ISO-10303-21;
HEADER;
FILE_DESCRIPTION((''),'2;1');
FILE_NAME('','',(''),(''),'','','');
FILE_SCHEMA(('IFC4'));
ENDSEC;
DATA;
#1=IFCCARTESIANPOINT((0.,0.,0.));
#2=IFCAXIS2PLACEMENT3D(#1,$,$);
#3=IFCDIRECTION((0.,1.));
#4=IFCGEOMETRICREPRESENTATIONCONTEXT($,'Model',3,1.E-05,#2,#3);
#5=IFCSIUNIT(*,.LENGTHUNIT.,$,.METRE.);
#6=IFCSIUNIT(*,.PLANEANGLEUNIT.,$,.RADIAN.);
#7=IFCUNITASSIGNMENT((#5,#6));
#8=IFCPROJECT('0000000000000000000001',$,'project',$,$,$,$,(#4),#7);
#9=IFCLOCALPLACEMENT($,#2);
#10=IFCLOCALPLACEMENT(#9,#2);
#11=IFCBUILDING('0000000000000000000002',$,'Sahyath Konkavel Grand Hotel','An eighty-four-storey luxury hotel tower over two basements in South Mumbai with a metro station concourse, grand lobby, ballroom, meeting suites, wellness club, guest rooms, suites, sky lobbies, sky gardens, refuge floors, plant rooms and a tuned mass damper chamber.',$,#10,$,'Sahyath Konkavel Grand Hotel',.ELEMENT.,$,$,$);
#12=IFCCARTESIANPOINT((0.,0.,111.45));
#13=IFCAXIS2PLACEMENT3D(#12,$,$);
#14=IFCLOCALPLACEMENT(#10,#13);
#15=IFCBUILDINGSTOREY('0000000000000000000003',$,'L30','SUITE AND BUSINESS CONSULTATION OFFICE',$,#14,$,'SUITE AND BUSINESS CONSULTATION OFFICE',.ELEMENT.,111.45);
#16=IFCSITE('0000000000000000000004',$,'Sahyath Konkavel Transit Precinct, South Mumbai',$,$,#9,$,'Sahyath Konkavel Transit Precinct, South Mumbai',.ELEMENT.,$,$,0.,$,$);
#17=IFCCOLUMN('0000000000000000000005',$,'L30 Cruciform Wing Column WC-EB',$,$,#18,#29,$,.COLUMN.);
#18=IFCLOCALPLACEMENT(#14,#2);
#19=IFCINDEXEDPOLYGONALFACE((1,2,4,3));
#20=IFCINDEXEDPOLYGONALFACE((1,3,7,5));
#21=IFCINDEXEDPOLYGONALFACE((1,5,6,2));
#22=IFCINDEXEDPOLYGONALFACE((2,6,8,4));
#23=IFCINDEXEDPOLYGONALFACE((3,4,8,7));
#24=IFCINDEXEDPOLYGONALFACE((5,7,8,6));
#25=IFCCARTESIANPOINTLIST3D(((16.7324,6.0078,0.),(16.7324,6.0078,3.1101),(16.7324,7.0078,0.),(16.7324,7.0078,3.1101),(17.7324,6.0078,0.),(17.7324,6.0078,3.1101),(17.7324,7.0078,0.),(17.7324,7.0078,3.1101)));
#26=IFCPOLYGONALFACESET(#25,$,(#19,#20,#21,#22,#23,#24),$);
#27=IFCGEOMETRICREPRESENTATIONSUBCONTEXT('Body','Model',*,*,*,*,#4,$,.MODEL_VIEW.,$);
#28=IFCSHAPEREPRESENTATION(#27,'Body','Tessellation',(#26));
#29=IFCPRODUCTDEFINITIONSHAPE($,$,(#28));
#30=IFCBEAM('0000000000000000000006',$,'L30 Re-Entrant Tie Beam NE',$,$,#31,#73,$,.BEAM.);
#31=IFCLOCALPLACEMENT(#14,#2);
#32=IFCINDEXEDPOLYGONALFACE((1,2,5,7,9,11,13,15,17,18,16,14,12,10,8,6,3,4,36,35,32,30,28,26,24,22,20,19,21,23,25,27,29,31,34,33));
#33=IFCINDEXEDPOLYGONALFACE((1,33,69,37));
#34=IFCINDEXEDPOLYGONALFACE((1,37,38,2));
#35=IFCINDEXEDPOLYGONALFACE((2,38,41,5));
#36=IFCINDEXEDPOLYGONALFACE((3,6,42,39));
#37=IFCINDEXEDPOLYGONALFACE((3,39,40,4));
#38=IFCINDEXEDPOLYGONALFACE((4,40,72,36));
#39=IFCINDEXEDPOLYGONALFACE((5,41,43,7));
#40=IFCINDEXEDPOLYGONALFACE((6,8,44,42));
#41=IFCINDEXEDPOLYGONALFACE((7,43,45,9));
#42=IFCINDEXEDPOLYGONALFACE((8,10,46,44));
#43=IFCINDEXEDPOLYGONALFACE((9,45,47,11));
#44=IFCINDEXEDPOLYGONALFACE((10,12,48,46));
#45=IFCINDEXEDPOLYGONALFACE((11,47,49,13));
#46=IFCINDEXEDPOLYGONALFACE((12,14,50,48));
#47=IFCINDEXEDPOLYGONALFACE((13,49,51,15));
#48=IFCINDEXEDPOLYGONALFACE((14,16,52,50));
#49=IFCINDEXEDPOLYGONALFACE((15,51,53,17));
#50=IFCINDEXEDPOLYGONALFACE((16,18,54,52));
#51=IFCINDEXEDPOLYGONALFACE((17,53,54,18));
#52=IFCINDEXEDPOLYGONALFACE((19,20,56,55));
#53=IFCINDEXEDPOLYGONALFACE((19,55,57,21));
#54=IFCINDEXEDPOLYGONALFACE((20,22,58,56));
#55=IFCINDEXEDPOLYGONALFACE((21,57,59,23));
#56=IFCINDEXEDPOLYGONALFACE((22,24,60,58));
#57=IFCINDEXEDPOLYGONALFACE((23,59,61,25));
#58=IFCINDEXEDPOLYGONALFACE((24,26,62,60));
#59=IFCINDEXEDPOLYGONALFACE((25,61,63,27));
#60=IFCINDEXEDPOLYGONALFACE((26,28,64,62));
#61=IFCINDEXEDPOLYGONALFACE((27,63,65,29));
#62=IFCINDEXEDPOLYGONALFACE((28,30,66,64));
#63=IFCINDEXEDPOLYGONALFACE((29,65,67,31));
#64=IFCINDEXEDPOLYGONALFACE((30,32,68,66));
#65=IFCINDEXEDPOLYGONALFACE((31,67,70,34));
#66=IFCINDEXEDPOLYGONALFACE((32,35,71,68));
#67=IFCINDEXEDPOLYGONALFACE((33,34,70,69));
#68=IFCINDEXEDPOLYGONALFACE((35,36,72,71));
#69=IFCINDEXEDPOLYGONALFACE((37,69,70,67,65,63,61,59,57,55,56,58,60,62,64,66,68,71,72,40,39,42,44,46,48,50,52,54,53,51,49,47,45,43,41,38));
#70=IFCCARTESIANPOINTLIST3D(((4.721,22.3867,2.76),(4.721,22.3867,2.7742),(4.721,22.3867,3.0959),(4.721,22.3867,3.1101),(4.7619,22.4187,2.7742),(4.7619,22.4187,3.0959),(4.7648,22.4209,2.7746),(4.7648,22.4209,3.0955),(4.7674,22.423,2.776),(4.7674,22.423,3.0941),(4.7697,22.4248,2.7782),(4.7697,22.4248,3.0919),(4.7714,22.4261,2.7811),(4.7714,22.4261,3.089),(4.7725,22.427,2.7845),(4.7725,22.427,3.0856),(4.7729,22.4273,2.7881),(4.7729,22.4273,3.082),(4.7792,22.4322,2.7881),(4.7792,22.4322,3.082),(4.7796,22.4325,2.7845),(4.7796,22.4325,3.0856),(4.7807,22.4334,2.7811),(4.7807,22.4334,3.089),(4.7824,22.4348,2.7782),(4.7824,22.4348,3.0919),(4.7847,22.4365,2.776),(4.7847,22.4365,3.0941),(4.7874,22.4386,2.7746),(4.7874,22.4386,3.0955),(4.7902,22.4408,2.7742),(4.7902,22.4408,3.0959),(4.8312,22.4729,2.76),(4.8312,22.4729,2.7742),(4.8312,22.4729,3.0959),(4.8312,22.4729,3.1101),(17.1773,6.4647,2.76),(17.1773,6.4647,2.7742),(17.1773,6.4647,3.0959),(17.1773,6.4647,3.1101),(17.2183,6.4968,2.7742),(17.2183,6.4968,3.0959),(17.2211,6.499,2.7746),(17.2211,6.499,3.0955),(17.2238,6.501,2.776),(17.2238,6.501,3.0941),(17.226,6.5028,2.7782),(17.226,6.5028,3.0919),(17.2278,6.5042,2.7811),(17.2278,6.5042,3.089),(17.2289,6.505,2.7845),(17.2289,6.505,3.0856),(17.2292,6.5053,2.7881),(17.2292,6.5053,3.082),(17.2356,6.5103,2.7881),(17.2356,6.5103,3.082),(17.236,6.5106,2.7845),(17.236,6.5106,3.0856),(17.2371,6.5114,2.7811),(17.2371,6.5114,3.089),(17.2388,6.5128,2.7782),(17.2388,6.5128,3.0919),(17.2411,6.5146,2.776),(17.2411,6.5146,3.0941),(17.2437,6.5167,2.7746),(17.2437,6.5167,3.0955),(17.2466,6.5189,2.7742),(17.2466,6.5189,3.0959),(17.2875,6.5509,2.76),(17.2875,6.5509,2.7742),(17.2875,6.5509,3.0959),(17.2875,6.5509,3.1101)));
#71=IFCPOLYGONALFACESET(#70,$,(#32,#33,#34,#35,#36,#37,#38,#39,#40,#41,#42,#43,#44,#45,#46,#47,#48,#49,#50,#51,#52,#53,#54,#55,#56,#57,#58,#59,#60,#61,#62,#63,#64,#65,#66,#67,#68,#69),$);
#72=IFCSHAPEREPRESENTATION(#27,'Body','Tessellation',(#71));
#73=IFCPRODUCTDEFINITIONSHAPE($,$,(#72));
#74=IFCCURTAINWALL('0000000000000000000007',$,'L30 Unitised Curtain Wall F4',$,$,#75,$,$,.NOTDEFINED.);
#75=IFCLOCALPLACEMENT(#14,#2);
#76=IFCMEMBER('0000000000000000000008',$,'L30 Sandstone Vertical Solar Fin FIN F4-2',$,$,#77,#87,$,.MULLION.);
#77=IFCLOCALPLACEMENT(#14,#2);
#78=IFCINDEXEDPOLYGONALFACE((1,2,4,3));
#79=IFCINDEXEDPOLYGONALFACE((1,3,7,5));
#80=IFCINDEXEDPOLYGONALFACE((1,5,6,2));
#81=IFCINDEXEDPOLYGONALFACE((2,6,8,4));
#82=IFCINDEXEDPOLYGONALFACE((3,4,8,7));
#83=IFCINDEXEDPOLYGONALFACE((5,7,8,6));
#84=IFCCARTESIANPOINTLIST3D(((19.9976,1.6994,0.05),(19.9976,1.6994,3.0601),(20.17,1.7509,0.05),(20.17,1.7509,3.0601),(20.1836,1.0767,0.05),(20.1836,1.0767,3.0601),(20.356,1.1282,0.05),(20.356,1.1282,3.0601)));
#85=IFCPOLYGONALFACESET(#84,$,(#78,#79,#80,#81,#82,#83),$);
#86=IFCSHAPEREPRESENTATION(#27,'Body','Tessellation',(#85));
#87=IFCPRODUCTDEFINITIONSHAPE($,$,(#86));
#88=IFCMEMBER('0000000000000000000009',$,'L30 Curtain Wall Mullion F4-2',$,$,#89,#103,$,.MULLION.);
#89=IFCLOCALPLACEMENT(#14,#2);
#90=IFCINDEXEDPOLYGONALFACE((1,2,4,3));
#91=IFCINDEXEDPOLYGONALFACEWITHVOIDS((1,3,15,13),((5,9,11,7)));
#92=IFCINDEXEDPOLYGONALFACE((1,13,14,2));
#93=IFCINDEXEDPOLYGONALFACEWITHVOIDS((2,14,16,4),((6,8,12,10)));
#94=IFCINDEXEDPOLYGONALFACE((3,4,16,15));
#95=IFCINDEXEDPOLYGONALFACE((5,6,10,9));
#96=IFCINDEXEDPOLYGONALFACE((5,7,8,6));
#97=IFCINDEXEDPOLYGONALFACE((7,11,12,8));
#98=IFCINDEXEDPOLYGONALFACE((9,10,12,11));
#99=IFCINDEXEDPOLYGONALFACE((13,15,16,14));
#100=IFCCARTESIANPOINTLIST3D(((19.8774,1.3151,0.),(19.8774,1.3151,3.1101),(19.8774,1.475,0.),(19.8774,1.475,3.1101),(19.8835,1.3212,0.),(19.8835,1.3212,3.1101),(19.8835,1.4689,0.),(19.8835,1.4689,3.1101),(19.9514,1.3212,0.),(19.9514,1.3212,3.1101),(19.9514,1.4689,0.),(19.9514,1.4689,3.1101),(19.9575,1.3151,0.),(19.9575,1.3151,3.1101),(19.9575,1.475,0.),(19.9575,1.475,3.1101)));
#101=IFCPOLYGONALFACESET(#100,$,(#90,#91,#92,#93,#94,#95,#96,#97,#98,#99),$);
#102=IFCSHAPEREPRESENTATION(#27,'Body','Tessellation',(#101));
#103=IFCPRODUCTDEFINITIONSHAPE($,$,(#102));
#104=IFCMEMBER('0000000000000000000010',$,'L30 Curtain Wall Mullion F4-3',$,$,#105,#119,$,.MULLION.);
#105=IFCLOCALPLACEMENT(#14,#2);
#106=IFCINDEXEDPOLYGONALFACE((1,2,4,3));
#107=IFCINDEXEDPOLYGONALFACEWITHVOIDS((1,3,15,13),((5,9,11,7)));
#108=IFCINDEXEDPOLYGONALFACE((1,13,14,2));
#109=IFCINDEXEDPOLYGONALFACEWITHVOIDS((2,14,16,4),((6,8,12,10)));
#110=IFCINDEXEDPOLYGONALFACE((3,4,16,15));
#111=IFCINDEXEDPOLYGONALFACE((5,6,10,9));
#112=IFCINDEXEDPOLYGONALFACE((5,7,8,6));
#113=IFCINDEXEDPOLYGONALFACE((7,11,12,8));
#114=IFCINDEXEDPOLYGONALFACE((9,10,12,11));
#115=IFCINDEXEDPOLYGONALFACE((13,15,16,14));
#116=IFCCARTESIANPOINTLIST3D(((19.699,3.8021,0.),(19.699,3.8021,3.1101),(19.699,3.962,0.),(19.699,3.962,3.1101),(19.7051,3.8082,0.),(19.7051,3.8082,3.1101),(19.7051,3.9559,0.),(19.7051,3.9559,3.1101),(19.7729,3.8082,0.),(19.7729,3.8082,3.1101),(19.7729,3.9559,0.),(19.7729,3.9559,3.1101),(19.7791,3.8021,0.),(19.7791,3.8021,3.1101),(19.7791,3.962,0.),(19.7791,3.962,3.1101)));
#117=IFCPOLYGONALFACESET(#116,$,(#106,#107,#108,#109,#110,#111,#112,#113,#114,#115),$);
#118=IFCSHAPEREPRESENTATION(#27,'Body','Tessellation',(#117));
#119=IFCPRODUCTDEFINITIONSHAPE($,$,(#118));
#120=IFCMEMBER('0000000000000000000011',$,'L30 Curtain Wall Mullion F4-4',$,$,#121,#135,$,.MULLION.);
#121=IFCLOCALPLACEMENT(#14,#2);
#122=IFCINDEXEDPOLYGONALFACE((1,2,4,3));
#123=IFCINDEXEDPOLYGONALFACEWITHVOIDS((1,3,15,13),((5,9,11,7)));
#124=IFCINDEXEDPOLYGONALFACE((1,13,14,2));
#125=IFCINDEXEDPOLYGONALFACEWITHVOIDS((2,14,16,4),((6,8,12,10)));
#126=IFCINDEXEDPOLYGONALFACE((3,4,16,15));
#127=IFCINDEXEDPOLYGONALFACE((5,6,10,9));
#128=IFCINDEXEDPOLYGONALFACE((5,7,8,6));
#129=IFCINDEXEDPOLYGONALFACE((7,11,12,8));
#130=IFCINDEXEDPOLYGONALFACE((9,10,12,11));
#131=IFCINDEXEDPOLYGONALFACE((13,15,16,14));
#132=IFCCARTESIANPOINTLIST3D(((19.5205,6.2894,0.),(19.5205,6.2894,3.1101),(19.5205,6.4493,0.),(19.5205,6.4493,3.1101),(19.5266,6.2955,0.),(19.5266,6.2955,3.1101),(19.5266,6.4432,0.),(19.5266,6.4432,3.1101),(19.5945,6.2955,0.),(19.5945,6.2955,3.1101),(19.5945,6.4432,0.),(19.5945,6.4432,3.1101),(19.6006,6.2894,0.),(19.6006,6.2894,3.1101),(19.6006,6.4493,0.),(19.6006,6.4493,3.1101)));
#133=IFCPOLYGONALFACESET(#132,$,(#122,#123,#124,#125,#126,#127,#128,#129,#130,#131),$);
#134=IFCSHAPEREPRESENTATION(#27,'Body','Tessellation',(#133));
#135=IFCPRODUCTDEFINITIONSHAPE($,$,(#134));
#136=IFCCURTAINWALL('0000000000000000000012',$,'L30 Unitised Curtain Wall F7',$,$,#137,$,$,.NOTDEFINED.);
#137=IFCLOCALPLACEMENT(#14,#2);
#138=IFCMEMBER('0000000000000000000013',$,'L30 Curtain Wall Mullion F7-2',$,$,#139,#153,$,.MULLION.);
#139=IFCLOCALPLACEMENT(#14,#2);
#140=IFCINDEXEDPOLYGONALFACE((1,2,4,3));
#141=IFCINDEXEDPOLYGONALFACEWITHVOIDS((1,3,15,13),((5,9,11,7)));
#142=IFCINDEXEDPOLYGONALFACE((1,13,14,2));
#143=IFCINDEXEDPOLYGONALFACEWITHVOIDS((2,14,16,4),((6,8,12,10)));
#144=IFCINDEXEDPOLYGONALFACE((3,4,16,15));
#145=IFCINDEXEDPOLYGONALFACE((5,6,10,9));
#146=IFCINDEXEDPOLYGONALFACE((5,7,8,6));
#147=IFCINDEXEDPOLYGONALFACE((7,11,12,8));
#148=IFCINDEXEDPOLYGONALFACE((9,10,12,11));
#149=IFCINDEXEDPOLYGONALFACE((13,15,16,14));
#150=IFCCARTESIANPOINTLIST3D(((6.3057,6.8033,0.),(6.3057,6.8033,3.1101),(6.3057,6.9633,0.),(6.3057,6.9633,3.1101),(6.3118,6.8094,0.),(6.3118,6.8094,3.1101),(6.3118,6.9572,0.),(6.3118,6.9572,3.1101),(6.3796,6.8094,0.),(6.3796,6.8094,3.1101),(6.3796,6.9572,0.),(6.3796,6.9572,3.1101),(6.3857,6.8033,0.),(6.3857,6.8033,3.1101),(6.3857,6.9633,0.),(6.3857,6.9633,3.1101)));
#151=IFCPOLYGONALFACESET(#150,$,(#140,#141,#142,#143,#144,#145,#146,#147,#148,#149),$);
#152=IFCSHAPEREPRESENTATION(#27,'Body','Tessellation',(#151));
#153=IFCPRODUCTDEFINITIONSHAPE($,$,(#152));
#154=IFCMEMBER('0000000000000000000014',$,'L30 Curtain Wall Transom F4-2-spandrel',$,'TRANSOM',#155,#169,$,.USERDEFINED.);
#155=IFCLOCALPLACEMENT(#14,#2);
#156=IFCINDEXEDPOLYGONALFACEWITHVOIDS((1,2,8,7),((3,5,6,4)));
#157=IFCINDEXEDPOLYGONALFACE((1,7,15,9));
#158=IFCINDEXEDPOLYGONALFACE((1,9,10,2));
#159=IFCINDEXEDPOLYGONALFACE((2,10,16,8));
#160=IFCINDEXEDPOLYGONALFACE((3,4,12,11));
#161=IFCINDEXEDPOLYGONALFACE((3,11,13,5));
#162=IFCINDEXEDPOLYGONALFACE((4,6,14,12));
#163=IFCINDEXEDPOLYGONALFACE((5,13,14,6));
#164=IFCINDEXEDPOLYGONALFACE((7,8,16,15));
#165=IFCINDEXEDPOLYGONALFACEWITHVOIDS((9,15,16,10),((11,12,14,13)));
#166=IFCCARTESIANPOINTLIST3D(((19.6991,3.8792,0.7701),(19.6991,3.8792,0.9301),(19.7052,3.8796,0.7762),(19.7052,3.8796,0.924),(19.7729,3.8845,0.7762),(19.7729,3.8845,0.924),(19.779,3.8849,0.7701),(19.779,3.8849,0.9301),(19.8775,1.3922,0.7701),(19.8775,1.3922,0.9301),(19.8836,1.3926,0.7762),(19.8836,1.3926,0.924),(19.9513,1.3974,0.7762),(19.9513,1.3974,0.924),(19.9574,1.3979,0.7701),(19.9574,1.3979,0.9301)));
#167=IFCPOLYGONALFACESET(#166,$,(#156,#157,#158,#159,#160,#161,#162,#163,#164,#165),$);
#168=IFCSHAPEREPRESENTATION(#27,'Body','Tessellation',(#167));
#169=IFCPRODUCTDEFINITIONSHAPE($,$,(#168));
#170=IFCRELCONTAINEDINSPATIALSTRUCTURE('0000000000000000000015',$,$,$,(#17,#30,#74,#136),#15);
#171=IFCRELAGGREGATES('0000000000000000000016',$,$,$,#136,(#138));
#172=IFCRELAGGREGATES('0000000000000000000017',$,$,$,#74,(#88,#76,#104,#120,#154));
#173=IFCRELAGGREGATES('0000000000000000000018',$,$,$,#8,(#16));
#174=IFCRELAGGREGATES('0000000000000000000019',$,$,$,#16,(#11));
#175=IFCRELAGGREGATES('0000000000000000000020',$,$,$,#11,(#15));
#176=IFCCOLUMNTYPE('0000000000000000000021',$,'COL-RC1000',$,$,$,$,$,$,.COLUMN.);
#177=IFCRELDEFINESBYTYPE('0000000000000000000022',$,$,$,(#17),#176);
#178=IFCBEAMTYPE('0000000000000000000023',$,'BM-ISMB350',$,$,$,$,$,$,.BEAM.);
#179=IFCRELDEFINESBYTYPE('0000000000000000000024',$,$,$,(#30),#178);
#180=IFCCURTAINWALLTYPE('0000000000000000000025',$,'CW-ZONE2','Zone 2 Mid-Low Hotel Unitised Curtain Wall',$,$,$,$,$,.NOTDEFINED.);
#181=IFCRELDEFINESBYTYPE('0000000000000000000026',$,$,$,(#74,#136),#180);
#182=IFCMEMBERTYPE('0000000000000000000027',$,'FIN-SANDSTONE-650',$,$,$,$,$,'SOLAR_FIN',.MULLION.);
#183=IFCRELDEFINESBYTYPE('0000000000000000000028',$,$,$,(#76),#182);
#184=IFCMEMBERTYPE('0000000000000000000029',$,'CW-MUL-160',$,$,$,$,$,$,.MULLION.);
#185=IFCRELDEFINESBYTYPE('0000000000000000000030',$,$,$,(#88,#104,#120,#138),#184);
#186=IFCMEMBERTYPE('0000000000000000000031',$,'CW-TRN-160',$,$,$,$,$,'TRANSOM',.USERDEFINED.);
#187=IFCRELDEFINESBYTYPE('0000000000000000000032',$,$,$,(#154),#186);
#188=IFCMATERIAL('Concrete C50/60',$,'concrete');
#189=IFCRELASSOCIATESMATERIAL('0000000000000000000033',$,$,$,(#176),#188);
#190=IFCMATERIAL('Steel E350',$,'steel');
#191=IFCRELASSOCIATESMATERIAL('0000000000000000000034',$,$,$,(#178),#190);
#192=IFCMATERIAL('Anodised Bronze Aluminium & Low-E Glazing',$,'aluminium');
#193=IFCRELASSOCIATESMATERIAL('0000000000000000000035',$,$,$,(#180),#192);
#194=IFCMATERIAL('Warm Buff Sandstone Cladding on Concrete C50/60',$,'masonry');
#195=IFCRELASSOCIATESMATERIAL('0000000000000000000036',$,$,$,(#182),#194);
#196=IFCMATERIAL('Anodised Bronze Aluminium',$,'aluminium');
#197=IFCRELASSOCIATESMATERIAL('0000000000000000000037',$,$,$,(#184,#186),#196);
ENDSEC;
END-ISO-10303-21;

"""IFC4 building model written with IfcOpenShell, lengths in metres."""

from ifc_helpers import new_model, si_unit, direction, frame, origin, origin_2d, place, context, subcontext, project, spatial, rectangle, hollow_rectangle, i_section, extrude, source, transform, mapped, material, material_profile, profile_set, type_object, element, aggregate, save


model = new_model("IFC4")

# Units and contexts
model_context = context("Model", 3, precision=1e-05, world=origin(), true_north=direction((0.0, 1.0)))
body_context = subcontext(model_context, "Body", "Model", "MODEL_VIEW")
ifc_project = project(units=[si_unit("LENGTHUNIT", "METRE"), si_unit("PLANEANGLEUNIT", "RADIAN")], contexts=[model_context])

# Site, building, storey
site_placement = place(None, origin())
site = spatial("IfcSite", under=ifc_project, at=site_placement, Name="Sahyath Konkavel Transit Precinct, South Mumbai", LongName="Sahyath Konkavel Transit Precinct, South Mumbai", CompositionType="ELEMENT", RefElevation=0.0)
building_placement = place(site_placement, origin())
building = spatial("IfcBuilding", under=site, at=building_placement, Name="Sahyath Konkavel Grand Hotel", Description="An eighty-four-storey luxury hotel tower over two basements in South Mumbai with a metro station concourse, grand lobby, ballroom, meeting suites, wellness club, guest rooms, suites, sky lobbies, sky gardens, refuge floors, plant rooms and a tuned mass damper chamber.", LongName="Sahyath Konkavel Grand Hotel", CompositionType="ELEMENT")
storey_placement = place(building_placement, frame((0.0, 0.0, 111.45)))
storey = spatial("IfcBuildingStorey", under=building, at=storey_placement, Name="L30", Description="SUITE AND BUSINESS CONSULTATION OFFICE", LongName="SUITE AND BUSINESS CONSULTATION OFFICE", CompositionType="ELEMENT", Elevation=111.45)

# Column
ifc_material_1 = material(Name="Concrete C50/60", Category="concrete")
ifc_material_profile_1 = material_profile(ifc_material_1, rectangle(XDim=1.0, YDim=1.0, at=origin_2d()), Name="RC 1000x1000")
ifc_profile_set_1 = profile_set([ifc_material_profile_1], Name="Concrete C50/60")
column_type = type_object("IfcColumnType", Name="COL-RC1000", PredefinedType="COLUMN", material=ifc_profile_set_1)
shared_shape_1 = source(origin(), body_context, "Body", "SweptSolid", [
    extrude(rectangle(XDim=1.0, YDim=1.0, at=origin_2d()), origin(), (0.0, 0.0, 1.0), 3.1101),
])
column_placement = place(storey_placement, frame((17.2324, 6.5078, 0.0), z_axis=(0.0, 0.0, 1.0), x_axis=(1.0, 0.0, 0.0)))
element("IfcColumn", 1, at=column_placement, inside=storey, type_object=column_type, Name="L30 Cruciform Wing Column WC-EB", PredefinedType="COLUMN", context=body_context, shape_type="MappedRepresentation", body=[
    mapped(shared_shape_1, transform((0.0, 0.0, 0.0), scale=1.0)),
])

# Beam
ifc_material_2 = material(Name="Steel E350", Category="steel")
ifc_material_profile_2 = material_profile(ifc_material_2, i_section(OverallWidth=0.1399, OverallDepth=0.3501, WebThickness=0.0081, FlangeThickness=0.0142, FilletRadius=0.0139, at=origin_2d()), Name="ISMB 350")
ifc_profile_set_2 = profile_set([ifc_material_profile_2], Name="Steel E350")
beam_type_1 = type_object("IfcBeamType", Name="BM-ISMB350", PredefinedType="BEAM", material=ifc_profile_set_2)
shared_shape_2 = source(origin(), body_context, "Body", "SweptSolid", [
    extrude(i_section(OverallWidth=0.1399, OverallDepth=0.3501, WebThickness=0.0081, FlangeThickness=0.0142, FilletRadius=0.0139, at=origin_2d()), origin(), (0.0, 0.0, 1.0), 20.2156),
])
beam_1_placement = place(storey_placement, frame((17.2324, 6.5078, 2.9351), z_axis=(-0.616176, 0.787608, 0.0), x_axis=(-0.787608, -0.616176, 0.0)))
element("IfcBeam", 2, at=beam_1_placement, inside=storey, type_object=beam_type_1, Name="L30 Re-Entrant Tie Beam NE", PredefinedType="BEAM", context=body_context, shape_type="MappedRepresentation", body=[
    mapped(shared_shape_2, transform((0.0, 0.0, 0.0), scale=1.0)),
])

# Curtain wall, members
ifc_material_3 = material(Name="Anodised Bronze Aluminium & Low-E Glazing", Category="aluminium")
curtain_wall_type = type_object("IfcCurtainWallType", Name="CW-ZONE2", Description="Zone 2 Mid-Low Hotel Unitised Curtain Wall", PredefinedType="NOTDEFINED", material=ifc_material_3)
curtain_wall_1_placement = place(storey_placement, origin())
curtain_wall_1 = element("IfcCurtainWall", 3, at=curtain_wall_1_placement, inside=storey, type_object=curtain_wall_type, Name="L30 Unitised Curtain Wall F4", PredefinedType="NOTDEFINED")
ifc_material_4 = material(Name="Warm Buff Sandstone Cladding on Concrete C50/60", Category="masonry")
ifc_material_profile_3 = material_profile(ifc_material_4, rectangle(XDim=0.1799, YDim=0.6499, at=origin_2d()), Name="FIN 180x650")
ifc_profile_set_3 = profile_set([ifc_material_profile_3], Name="Warm Buff Sandstone Cladding on Concrete C50/60")
member_type_1 = type_object("IfcMemberType", Name="FIN-SANDSTONE-650", ElementType="SOLAR_FIN", PredefinedType="MULLION", material=ifc_profile_set_3)
shared_shape_3 = source(origin(), body_context, "Body", "SweptSolid", [
    extrude(rectangle(XDim=0.1799, YDim=0.6499, at=origin_2d()), origin(), (0.0, 0.0, 1.0), 3.01),
])
member_1_placement = place(storey_placement, frame((20.1768, 1.4138, 0.05), z_axis=(0.0, 0.0, 1.0), x_axis=(0.958173, 0.28619, 0.0)))
member_1 = element("IfcMember", 4, at=member_1_placement, type_object=member_type_1, Name="L30 Sandstone Vertical Solar Fin FIN F4-2", PredefinedType="MULLION", context=body_context, shape_type="MappedRepresentation", body=[
    mapped(shared_shape_3, transform((0.0, 0.0, 0.0), scale=1.0)),
])
ifc_material_5 = material(Name="Anodised Bronze Aluminium", Category="aluminium")
ifc_material_profile_4 = material_profile(ifc_material_5, hollow_rectangle(XDim=0.0801, YDim=0.1599, WallThickness=0.0061, at=origin_2d()), Name="RHS 160x80x6")
ifc_profile_set_4 = profile_set([ifc_material_profile_4], Name="Anodised Bronze Aluminium")
member_type_2 = type_object("IfcMemberType", Name="CW-MUL-160", PredefinedType="MULLION", material=ifc_profile_set_4)
shared_shape_4 = source(origin(), body_context, "Body", "SweptSolid", [
    extrude(hollow_rectangle(XDim=0.0801, YDim=0.1599, WallThickness=0.0061, at=origin_2d()), origin(), (0.0, 0.0, 1.0), 3.1101),
])
member_2_placement = place(storey_placement, frame((19.9175, 1.395, 0.0), z_axis=(0.0, 0.0, 1.0), x_axis=(1.0, 0.0, 0.0)))
member_2 = element("IfcMember", 5, at=member_2_placement, type_object=member_type_2, Name="L30 Curtain Wall Mullion F4-2", PredefinedType="MULLION", context=body_context, shape_type="MappedRepresentation", body=[
    mapped(shared_shape_4, transform((0.0, 0.0, 0.0), scale=1.0)),
])
member_3_placement = place(storey_placement, frame((19.739, 3.8821, 0.0), z_axis=(0.0, 0.0, 1.0), x_axis=(1.0, 0.0, 0.0)))
member_3 = element("IfcMember", 6, at=member_3_placement, type_object=member_type_2, Name="L30 Curtain Wall Mullion F4-3", PredefinedType="MULLION", context=body_context, shape_type="MappedRepresentation", body=[
    mapped(shared_shape_4, transform((0.0, 0.0, 0.0), scale=1.0)),
])
member_4_placement = place(storey_placement, frame((19.5605, 6.3694, 0.0), z_axis=(0.0, 0.0, 1.0), x_axis=(1.0, 0.0, 0.0)))
member_4 = element("IfcMember", 7, at=member_4_placement, type_object=member_type_2, Name="L30 Curtain Wall Mullion F4-4", PredefinedType="MULLION", context=body_context, shape_type="MappedRepresentation", body=[
    mapped(shared_shape_4, transform((0.0, 0.0, 0.0), scale=1.0)),
])

# Curtain wall, member
curtain_wall_2_placement = place(storey_placement, origin())
curtain_wall_2 = element("IfcCurtainWall", 8, at=curtain_wall_2_placement, inside=storey, type_object=curtain_wall_type, Name="L30 Unitised Curtain Wall F7", PredefinedType="NOTDEFINED")
member_5_placement = place(storey_placement, frame((6.3457, 6.8833, 0.0), z_axis=(0.0, 0.0, 1.0), x_axis=(1.0, 0.0, 0.0)))
member_5 = element("IfcMember", 9, at=member_5_placement, type_object=member_type_2, Name="L30 Curtain Wall Mullion F7-2", PredefinedType="MULLION", context=body_context, shape_type="MappedRepresentation", body=[
    mapped(shared_shape_4, transform((0.0, 0.0, 0.0), scale=1.0)),
])
aggregate(curtain_wall_2, [member_5])

# Member
ifc_material_profile_5 = material_profile(ifc_material_5, hollow_rectangle(XDim=0.0801, YDim=0.1599, WallThickness=0.0061, at=origin_2d()), Name="RHS 160x80x6")
ifc_profile_set_5 = profile_set([ifc_material_profile_5], Name="Anodised Bronze Aluminium")
member_type_3 = type_object("IfcMemberType", Name="CW-TRN-160", ElementType="TRANSOM", PredefinedType="USERDEFINED", material=ifc_profile_set_5)
shared_shape_5 = source(origin(), body_context, "Body", "SweptSolid", [
    extrude(hollow_rectangle(XDim=0.0801, YDim=0.1599, WallThickness=0.0061, at=origin_2d()), origin(), (0.0, 0.0, 1.0), 2.4934),
])
member_6_placement = place(storey_placement, frame((19.9175, 1.395, 0.8501), z_axis=(-0.071574, 0.997435, 0.0), x_axis=(-0.997435, -0.071574, 0.0)))
member_6 = element("IfcMember", 10, at=member_6_placement, type_object=member_type_3, Name="L30 Curtain Wall Transom F4-2-spandrel", ObjectType="TRANSOM", PredefinedType="USERDEFINED", context=body_context, shape_type="MappedRepresentation", body=[
    mapped(shared_shape_5, transform((0.0, 0.0, 0.0), scale=1.0)),
])

aggregate(curtain_wall_1, [member_2, member_1, member_3, member_4, member_6])

save(model, "model.ifc")
